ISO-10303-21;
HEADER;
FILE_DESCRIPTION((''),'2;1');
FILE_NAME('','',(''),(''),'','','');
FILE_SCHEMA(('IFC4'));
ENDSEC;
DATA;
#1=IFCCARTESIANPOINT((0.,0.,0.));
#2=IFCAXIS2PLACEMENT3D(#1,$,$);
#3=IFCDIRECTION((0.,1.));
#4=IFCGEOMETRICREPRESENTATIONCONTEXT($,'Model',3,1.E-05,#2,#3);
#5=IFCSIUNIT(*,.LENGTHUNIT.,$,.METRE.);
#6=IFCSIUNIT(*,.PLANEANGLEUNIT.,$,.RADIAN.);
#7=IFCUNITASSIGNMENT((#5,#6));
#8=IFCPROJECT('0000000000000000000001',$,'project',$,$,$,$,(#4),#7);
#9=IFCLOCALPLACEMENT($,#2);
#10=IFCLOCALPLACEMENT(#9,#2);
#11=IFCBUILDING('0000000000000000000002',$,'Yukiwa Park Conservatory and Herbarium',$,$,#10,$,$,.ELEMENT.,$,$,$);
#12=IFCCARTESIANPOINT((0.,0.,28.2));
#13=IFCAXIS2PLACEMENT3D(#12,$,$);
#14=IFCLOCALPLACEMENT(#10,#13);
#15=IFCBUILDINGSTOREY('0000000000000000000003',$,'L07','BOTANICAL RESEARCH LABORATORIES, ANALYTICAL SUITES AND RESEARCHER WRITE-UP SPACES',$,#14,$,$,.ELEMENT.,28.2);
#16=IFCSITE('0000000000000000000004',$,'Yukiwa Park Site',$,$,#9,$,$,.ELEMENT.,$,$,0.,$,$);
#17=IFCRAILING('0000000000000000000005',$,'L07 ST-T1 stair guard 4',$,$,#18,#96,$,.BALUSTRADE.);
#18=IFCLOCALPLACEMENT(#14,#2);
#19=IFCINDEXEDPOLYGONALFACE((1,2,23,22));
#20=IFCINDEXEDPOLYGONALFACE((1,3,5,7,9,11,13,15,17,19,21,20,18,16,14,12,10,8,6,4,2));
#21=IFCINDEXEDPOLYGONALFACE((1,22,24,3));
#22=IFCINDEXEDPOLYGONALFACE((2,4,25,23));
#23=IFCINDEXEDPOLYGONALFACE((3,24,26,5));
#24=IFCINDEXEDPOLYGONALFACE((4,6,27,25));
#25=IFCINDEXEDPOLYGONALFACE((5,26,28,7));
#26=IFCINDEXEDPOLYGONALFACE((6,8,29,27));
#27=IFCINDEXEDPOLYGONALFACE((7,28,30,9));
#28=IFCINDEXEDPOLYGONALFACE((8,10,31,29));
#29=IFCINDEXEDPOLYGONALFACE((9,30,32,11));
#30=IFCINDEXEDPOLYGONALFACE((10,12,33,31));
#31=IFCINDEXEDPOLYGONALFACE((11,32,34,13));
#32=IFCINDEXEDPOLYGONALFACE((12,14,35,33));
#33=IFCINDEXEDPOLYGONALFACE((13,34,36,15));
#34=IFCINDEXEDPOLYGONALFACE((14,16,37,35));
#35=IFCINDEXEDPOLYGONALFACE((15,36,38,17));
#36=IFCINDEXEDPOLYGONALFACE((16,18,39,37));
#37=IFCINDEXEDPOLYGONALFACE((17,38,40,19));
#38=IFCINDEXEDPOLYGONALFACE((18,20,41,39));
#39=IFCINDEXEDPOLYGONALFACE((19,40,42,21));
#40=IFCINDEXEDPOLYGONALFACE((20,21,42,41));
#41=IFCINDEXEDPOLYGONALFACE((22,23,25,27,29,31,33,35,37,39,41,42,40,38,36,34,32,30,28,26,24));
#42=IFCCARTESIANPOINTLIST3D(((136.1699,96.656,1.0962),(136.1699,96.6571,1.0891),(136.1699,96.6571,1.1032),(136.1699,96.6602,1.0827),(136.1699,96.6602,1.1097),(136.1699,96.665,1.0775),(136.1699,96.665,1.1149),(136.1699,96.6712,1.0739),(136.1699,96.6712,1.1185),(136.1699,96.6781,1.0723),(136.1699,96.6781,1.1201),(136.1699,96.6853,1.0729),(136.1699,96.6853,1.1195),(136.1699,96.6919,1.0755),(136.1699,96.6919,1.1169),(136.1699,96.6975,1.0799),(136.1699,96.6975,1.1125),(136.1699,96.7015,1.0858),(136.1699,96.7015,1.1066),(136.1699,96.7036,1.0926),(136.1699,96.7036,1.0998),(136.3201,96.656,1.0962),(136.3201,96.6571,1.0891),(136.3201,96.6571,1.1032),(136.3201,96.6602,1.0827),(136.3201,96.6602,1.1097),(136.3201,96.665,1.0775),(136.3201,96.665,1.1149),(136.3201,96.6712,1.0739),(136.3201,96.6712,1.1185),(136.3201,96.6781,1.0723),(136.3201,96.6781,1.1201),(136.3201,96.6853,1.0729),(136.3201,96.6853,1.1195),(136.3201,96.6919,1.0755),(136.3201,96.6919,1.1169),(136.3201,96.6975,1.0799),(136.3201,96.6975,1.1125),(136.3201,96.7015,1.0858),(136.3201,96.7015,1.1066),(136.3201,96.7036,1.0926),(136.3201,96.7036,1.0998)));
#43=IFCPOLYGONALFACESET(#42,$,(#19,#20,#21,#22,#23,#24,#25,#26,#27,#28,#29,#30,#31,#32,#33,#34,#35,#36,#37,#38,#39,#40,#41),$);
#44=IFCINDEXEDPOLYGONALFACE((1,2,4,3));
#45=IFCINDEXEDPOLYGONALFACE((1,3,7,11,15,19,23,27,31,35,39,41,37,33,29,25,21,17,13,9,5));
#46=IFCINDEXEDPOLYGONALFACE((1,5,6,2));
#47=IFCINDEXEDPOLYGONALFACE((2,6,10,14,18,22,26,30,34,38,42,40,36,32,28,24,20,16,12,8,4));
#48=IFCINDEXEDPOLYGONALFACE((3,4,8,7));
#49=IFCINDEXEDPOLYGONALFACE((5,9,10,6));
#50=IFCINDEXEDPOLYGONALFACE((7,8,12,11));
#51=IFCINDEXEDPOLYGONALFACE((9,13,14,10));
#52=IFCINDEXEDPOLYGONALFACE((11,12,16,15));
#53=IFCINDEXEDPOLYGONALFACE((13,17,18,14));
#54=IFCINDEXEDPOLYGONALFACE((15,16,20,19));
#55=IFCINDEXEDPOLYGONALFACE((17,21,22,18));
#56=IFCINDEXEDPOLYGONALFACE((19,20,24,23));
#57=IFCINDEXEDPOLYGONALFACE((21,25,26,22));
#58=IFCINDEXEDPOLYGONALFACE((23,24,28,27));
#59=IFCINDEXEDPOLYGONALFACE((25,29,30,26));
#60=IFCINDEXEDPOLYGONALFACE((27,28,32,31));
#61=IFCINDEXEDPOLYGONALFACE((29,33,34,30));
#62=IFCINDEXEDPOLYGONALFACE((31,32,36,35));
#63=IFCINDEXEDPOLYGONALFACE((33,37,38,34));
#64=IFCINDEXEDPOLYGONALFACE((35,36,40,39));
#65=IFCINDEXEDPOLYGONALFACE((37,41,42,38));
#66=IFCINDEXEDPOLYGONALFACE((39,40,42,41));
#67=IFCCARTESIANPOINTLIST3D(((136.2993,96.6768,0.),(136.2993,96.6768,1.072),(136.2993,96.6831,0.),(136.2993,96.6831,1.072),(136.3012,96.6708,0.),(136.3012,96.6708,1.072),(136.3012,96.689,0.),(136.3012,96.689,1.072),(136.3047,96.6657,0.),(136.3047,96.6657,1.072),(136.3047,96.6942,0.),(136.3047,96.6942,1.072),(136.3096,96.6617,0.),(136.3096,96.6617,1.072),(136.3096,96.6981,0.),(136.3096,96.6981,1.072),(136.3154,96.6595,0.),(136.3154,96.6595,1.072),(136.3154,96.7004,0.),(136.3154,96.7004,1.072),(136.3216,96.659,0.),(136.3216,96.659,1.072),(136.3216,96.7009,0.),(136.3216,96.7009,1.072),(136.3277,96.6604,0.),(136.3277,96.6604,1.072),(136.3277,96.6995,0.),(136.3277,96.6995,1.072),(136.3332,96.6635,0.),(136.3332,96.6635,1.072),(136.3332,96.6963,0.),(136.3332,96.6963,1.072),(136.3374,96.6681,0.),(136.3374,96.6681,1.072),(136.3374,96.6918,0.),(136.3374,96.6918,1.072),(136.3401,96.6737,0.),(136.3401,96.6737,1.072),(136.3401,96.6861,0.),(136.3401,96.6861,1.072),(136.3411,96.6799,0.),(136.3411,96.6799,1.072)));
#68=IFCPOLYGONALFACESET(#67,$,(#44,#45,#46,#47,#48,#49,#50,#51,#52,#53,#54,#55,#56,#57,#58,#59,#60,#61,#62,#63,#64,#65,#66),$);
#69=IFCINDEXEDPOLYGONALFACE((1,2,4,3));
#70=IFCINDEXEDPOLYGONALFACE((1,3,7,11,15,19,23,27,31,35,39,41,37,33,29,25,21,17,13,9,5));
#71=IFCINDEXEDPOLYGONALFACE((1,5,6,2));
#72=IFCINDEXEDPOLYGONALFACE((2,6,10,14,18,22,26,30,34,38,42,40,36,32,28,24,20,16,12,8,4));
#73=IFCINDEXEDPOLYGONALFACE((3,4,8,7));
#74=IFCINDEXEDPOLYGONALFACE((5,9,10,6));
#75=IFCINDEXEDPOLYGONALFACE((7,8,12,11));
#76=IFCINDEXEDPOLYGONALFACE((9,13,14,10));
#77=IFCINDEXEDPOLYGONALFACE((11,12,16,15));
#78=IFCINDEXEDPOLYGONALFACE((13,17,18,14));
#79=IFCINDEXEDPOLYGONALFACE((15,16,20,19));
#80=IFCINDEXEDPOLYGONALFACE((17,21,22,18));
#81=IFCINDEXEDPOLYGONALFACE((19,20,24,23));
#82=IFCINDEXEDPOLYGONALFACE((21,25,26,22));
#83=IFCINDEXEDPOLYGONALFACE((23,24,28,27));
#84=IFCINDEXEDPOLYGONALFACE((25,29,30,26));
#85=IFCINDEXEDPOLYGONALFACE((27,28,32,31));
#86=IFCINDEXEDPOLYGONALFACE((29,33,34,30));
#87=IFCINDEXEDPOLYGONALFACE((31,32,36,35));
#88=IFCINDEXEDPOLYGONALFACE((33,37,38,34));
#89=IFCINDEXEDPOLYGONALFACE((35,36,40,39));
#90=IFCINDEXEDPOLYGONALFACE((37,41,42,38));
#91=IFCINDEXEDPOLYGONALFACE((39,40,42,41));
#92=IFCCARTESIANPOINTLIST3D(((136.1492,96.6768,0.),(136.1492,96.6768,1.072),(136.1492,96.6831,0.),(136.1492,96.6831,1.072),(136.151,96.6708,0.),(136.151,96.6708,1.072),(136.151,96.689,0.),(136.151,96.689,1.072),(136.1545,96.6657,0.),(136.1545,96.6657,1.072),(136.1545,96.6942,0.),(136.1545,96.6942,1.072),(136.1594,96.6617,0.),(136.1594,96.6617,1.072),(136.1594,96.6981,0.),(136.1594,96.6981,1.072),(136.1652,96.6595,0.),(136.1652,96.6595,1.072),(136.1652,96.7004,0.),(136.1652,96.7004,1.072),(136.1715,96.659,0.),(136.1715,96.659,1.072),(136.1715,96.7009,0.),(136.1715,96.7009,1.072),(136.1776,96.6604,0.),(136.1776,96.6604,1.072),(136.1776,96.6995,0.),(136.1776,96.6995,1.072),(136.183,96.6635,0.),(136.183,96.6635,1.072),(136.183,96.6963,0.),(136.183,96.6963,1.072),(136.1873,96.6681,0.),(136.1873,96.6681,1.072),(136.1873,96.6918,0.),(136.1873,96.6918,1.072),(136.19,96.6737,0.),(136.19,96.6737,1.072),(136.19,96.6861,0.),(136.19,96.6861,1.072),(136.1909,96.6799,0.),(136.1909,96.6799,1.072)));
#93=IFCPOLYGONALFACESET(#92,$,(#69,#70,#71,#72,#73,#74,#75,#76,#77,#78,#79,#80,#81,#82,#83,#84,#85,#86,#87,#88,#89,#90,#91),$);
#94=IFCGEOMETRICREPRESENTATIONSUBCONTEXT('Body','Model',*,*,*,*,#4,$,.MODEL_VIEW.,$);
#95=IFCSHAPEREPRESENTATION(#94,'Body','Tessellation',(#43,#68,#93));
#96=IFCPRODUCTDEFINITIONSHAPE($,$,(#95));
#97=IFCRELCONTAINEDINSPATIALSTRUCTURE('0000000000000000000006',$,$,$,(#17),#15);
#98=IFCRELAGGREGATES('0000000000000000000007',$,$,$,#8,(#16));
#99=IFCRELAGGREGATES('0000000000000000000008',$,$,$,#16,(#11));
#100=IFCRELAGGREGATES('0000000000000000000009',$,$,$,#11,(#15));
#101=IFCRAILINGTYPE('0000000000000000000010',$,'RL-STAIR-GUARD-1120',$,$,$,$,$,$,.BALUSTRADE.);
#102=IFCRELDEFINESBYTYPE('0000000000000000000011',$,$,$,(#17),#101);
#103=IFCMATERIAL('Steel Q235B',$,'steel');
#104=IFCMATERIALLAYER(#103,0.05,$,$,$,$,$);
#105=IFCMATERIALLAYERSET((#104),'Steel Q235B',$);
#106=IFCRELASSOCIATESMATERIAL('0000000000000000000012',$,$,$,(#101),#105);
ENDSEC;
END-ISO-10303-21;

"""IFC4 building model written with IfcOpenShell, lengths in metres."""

from ifc_helpers import new_model, si_unit, direction, frame, origin, origin_2d, place, context, subcontext, project, spatial, circle, extrude, material, layer, layer_set, type_object, element, save


model = new_model("IFC4")

# Units and contexts
model_context = context("Model", 3, precision=1e-05, world=origin(), true_north=direction((0.0, 1.0)))
body_context = subcontext(model_context, "Body", "Model", "MODEL_VIEW")
ifc_project = project(units=[si_unit("LENGTHUNIT", "METRE"), si_unit("PLANEANGLEUNIT", "RADIAN")], contexts=[model_context])

# Site, building, storey
site_placement = place(None, origin())
site = spatial("IfcSite", under=ifc_project, at=site_placement, Name="Yukiwa Park Site", CompositionType="ELEMENT", RefElevation=0.0)
building_placement = place(site_placement, origin())
building = spatial("IfcBuilding", under=site, at=building_placement, Name="Yukiwa Park Conservatory and Herbarium", CompositionType="ELEMENT")
storey_placement = place(building_placement, frame((0.0, 0.0, 28.2)))
storey = spatial("IfcBuildingStorey", under=building, at=storey_placement, Name="L07", Description="BOTANICAL RESEARCH LABORATORIES, ANALYTICAL SUITES AND RESEARCHER WRITE-UP SPACES", CompositionType="ELEMENT", Elevation=28.2)

# Railing
ifc_material_1 = material(Name="Steel Q235B", Category="steel")
ifc_layer_1 = layer(ifc_material_1, 0.05)
ifc_layer_set_1 = layer_set([ifc_layer_1], Name="Steel Q235B")
railing_type_1 = type_object("IfcRailingType", Name="RL-STAIR-GUARD-1120", PredefinedType="BALUSTRADE", material=ifc_layer_set_1)
railing_1_placement = place(storey_placement, frame((136.3201, 96.6799, 0.0)))
element("IfcRailing", 1, at=railing_1_placement, inside=storey, type_object=railing_type_1, Name="L07 ST-T1 stair guard 4", PredefinedType="BALUSTRADE", context=body_context, shape_type="SweptSolid", body=[
    extrude(circle(Radius=0.0239, at=origin_2d()), frame((0.0, 0.0, 1.0962), z_axis=(-1.0, 0.0, 0.0), x_axis=(0.0, -1.0, 0.0)), (0.0, 0.0, 1.0), 0.1501),
    extrude(circle(Radius=0.021, at=origin_2d()), origin(), (0.0, 0.0, 1.0), 1.072),
    extrude(circle(Radius=0.021, at=origin_2d()), frame((-0.1501, 0.0, 0.0)), (0.0, 0.0, 1.0), 1.072),
])

save(model, "model.ifc")
